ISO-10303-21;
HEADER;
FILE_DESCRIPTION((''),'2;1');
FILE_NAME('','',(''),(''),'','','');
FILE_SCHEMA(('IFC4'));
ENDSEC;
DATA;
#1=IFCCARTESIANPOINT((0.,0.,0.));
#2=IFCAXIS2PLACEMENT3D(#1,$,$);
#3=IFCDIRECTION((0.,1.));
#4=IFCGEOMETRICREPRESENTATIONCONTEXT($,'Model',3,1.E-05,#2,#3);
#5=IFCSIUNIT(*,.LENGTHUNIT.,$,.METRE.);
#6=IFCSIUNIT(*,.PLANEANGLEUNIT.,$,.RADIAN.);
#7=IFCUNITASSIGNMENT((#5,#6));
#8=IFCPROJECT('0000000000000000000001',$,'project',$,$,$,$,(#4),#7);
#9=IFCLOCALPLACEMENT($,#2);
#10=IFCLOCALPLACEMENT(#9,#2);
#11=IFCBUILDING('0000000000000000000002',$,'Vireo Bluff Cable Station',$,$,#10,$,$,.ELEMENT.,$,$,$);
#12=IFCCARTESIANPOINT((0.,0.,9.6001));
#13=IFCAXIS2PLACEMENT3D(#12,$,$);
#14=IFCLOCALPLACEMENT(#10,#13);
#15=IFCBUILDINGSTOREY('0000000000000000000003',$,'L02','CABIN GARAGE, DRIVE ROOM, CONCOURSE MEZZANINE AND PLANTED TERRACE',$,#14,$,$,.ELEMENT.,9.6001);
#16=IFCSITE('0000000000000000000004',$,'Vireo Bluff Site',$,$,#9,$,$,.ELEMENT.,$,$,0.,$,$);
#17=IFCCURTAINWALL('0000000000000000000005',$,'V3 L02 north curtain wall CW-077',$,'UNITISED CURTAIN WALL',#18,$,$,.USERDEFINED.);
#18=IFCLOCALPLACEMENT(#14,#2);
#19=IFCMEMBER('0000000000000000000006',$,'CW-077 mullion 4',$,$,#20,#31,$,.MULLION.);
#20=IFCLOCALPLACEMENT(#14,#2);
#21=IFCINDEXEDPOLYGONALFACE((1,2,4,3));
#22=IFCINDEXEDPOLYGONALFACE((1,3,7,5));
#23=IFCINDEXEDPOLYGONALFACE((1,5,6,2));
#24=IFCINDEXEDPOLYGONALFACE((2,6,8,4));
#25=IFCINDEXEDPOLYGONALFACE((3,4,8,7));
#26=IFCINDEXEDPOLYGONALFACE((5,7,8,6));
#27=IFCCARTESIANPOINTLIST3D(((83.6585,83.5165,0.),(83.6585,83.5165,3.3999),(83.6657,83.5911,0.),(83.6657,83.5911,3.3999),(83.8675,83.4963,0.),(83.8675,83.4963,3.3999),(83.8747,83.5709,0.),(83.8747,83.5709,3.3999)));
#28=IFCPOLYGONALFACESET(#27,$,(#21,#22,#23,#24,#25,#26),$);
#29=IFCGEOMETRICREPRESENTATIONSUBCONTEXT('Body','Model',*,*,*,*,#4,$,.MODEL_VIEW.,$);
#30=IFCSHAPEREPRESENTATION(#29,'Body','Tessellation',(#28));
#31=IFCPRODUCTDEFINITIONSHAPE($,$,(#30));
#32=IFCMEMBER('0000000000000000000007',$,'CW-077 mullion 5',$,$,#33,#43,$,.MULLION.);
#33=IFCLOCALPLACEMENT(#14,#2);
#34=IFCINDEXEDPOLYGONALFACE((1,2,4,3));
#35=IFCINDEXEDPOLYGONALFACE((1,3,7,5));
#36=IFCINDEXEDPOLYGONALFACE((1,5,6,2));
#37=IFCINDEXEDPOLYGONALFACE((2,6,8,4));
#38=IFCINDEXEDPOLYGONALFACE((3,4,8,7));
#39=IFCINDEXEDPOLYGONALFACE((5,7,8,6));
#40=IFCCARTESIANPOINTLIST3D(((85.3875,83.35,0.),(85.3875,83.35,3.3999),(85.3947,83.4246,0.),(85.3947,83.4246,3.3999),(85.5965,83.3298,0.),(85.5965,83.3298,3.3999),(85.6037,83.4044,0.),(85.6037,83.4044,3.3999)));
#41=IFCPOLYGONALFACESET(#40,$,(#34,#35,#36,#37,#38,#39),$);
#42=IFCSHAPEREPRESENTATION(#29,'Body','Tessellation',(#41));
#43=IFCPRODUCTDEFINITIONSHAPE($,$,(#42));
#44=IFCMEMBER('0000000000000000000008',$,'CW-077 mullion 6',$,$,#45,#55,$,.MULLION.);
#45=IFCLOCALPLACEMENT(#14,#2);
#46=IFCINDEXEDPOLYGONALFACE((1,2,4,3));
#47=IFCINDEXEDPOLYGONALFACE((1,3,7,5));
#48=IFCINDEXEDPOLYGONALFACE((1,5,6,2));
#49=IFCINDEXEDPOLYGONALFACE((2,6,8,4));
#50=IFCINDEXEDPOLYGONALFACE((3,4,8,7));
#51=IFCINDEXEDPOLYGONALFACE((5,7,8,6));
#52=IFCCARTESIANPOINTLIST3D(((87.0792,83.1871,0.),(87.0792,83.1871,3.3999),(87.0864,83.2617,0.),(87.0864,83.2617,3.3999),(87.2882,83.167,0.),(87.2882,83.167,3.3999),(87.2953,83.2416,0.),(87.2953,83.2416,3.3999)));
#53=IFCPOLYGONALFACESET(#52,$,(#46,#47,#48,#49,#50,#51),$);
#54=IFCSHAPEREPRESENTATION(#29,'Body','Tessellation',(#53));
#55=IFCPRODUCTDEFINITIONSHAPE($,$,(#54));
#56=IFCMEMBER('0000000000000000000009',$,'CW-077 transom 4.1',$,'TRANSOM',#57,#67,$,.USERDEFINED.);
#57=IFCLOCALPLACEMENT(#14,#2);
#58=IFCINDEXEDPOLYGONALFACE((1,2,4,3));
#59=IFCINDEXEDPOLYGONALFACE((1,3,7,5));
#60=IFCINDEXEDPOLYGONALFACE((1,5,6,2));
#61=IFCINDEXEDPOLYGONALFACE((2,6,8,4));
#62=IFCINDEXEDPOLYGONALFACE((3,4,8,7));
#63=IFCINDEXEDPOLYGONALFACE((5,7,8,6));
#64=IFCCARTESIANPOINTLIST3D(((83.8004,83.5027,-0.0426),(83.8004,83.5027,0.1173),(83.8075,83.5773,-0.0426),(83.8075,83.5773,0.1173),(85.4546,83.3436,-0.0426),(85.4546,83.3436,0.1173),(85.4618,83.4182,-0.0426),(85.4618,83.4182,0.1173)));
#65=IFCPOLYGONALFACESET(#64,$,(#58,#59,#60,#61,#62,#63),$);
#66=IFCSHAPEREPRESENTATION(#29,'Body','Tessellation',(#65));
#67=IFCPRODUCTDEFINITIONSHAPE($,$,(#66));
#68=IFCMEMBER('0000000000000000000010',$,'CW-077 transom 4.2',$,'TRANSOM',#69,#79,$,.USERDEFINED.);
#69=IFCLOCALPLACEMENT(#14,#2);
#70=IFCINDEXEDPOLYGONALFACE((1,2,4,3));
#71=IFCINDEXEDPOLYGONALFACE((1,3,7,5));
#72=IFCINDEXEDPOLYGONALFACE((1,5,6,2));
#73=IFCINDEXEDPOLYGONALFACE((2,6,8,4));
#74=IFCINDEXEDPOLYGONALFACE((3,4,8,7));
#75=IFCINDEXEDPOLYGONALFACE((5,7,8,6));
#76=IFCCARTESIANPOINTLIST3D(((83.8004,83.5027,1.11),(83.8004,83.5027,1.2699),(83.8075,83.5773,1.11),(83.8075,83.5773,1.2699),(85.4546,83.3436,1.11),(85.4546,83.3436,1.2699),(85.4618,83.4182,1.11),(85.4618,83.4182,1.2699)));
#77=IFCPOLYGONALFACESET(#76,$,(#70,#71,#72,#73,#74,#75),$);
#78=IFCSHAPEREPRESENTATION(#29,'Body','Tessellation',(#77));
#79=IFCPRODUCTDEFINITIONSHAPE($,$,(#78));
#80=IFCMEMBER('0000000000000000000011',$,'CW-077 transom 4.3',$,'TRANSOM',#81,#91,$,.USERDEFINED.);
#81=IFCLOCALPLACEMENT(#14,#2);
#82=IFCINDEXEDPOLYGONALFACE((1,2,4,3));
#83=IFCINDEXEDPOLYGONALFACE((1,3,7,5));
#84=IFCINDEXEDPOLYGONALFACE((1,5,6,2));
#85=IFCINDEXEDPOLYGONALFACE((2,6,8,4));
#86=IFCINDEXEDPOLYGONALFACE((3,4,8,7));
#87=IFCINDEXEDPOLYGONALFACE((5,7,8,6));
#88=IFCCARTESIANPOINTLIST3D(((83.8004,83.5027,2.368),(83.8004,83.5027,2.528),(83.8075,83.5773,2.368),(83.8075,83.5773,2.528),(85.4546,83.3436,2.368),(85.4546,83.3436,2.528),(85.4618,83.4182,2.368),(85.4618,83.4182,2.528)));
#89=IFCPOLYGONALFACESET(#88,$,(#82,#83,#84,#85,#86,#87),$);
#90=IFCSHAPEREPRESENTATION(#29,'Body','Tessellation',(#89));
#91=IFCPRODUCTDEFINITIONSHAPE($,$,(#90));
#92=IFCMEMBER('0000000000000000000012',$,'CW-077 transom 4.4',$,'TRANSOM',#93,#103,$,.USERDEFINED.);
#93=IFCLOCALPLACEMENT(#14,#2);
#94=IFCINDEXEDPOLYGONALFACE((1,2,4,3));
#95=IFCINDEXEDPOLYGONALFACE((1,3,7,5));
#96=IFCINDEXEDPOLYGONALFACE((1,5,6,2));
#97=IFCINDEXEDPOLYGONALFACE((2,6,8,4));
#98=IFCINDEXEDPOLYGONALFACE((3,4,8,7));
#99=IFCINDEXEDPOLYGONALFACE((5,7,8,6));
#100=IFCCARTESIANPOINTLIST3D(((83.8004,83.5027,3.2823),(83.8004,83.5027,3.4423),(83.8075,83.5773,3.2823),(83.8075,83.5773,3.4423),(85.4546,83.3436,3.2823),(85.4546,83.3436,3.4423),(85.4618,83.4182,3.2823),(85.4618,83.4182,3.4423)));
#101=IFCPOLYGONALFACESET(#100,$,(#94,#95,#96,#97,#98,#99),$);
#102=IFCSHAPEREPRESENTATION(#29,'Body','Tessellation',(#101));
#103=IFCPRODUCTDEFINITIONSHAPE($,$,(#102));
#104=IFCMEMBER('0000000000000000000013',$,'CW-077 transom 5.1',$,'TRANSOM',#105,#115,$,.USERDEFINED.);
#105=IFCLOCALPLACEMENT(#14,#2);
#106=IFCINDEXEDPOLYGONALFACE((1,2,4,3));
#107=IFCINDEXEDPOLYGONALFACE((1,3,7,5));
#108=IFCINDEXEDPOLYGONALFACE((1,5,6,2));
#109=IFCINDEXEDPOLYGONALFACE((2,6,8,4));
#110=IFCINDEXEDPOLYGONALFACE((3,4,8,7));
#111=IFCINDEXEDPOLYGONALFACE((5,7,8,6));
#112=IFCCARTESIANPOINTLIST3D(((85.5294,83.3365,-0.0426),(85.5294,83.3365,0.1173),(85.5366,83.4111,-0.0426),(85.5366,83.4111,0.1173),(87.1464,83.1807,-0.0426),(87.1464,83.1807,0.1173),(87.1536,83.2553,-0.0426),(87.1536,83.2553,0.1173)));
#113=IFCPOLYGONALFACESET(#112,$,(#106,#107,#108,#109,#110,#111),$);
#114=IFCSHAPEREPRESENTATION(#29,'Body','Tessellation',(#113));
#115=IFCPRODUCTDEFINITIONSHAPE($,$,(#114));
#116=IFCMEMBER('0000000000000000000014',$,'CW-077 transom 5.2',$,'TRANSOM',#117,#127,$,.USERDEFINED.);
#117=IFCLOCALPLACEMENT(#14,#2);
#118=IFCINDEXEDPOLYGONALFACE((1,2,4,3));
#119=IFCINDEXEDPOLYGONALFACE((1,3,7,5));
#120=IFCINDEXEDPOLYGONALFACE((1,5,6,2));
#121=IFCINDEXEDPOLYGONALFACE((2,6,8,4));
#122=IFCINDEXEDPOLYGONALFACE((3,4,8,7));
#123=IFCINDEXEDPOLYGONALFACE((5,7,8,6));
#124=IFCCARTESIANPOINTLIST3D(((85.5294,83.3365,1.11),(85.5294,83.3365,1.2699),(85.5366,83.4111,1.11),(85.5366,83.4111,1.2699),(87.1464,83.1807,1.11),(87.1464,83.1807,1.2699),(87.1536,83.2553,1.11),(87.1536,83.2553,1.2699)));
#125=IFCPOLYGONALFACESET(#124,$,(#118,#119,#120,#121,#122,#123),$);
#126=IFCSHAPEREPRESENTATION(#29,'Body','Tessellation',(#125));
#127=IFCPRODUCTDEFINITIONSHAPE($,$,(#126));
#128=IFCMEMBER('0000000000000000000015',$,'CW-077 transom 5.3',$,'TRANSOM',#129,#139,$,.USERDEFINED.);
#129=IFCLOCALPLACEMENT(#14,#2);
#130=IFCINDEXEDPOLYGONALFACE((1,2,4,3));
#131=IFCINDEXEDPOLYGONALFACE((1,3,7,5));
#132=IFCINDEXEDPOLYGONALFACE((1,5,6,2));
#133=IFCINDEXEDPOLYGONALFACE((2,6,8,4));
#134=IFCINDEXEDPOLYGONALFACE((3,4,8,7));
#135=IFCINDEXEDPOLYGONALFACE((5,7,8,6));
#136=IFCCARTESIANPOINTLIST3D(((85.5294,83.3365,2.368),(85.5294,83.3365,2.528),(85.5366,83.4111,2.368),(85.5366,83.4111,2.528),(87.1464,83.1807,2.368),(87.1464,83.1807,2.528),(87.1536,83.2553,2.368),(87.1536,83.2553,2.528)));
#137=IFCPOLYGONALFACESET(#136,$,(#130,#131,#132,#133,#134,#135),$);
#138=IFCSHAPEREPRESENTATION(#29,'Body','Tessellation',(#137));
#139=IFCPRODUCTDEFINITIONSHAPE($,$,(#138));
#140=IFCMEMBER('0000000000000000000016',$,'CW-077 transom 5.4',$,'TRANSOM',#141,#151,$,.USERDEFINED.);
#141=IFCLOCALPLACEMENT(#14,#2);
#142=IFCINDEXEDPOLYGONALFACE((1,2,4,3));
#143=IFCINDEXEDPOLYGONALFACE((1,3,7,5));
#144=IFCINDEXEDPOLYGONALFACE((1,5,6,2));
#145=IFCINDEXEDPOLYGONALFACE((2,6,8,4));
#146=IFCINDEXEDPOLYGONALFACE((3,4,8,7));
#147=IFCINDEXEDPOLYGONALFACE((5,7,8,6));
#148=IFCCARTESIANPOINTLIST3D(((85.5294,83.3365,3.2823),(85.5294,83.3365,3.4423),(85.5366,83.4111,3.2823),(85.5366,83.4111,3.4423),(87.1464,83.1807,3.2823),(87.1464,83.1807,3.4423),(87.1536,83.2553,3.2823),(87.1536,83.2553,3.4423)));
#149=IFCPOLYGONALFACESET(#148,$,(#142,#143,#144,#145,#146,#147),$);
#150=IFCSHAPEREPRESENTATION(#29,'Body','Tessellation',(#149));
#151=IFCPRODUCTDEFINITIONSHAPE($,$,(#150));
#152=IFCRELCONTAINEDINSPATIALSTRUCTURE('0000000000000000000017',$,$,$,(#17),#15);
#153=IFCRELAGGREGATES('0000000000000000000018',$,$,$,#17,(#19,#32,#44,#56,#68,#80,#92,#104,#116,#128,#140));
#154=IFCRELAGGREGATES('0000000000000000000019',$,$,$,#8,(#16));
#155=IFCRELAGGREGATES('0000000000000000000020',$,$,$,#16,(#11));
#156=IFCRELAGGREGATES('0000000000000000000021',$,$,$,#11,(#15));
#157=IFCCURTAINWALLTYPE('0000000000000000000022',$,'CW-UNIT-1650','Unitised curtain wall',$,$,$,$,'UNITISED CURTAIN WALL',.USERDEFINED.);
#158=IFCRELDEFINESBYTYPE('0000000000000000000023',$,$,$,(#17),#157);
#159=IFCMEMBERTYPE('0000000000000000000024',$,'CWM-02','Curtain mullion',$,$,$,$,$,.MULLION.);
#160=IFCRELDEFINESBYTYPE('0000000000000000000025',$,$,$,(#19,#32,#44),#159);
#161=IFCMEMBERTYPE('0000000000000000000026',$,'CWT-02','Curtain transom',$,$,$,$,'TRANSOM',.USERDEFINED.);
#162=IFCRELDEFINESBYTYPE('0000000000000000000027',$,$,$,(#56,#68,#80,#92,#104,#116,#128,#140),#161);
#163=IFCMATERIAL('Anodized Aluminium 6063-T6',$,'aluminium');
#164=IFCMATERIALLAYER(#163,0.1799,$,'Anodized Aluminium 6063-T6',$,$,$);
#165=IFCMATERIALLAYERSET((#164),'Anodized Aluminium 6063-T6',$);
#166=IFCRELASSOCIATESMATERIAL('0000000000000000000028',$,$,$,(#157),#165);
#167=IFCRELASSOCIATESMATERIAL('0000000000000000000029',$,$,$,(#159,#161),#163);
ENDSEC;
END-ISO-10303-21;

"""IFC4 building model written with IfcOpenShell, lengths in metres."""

from ifc_helpers import new_model, si_unit, direction, frame, origin, origin_2d, place, context, subcontext, project, spatial, rectangle, extrude, material, layer, layer_set, material_profile, profile_set, type_object, element, aggregate, save


model = new_model("IFC4")

# Units and contexts
model_context = context("Model", 3, precision=1e-05, world=origin(), true_north=direction((0.0, 1.0)))
body_context = subcontext(model_context, "Body", "Model", "MODEL_VIEW")
ifc_project = project(units=[si_unit("LENGTHUNIT", "METRE"), si_unit("PLANEANGLEUNIT", "RADIAN")], contexts=[model_context])

# Site, building, storey
site_placement = place(None, origin())
site = spatial("IfcSite", under=ifc_project, at=site_placement, Name="Vireo Bluff Site", CompositionType="ELEMENT", RefElevation=0.0)
building_placement = place(site_placement, origin())
building = spatial("IfcBuilding", under=site, at=building_placement, Name="Vireo Bluff Cable Station", CompositionType="ELEMENT")
storey_placement = place(building_placement, frame((0.0, 0.0, 9.6001)))
storey = spatial("IfcBuildingStorey", under=building, at=storey_placement, Name="L02", Description="CABIN GARAGE, DRIVE ROOM, CONCOURSE MEZZANINE AND PLANTED TERRACE", CompositionType="ELEMENT", Elevation=9.6001)

# Curtain wall, members
ifc_material_1 = material(Name="Anodized Aluminium 6063-T6", Category="aluminium")
ifc_layer_1 = layer(ifc_material_1, 0.1799, Name="Anodized Aluminium 6063-T6")
ifc_layer_set_1 = layer_set([ifc_layer_1], Name="Anodized Aluminium 6063-T6")
curtain_wall_type = type_object("IfcCurtainWallType", Name="CW-UNIT-1650", Description="Unitised curtain wall", ElementType="UNITISED CURTAIN WALL", PredefinedType="USERDEFINED", material=ifc_layer_set_1)
curtain_wall_placement = place(storey_placement, origin())
curtain_wall = element("IfcCurtainWall", 1, at=curtain_wall_placement, inside=storey, type_object=curtain_wall_type, Name="V3 L02 north curtain wall CW-077", ObjectType="UNITISED CURTAIN WALL", PredefinedType="USERDEFINED")
ifc_material_profile_1 = material_profile(ifc_material_1, rectangle(XDim=0.075, YDim=0.21, at=origin_2d()), Name="ALU-M-75X210")
ifc_profile_set_1 = profile_set([ifc_material_profile_1], Name="Anodized Aluminium 6063-T6")
member_type_1 = type_object("IfcMemberType", Name="CWM-02", Description="Curtain mullion", PredefinedType="MULLION", material=ifc_profile_set_1)
member_1_placement = place(storey_placement, frame((83.7666, 83.5437, 0.0), z_axis=(0.0, 0.0, 1.0), x_axis=(0.095846, 0.995396, 0.0)))
member_1 = element("IfcMember", 2, at=member_1_placement, type_object=member_type_1, Name="CW-077 mullion 4", PredefinedType="MULLION", context=body_context, shape_type="SweptSolid", body=[
    extrude(rectangle(XDim=0.075, YDim=0.21, at=origin_2d()), origin(), (0.0, 0.0, 1.0), 3.3999),
])
member_2_placement = place(storey_placement, frame((85.4956, 83.3772, 0.0), z_axis=(0.0, 0.0, 1.0), x_axis=(0.095846, 0.995396, 0.0)))
member_2 = element("IfcMember", 3, at=member_2_placement, type_object=member_type_1, Name="CW-077 mullion 5", PredefinedType="MULLION", context=body_context, shape_type="SweptSolid", body=[
    extrude(rectangle(XDim=0.075, YDim=0.21, at=origin_2d()), origin(), (0.0, 0.0, 1.0), 3.3999),
])
member_3_placement = place(storey_placement, frame((87.1873, 83.2144, 0.0), z_axis=(0.0, 0.0, 1.0), x_axis=(0.095846, 0.995396, 0.0)))
member_3 = element("IfcMember", 4, at=member_3_placement, type_object=member_type_1, Name="CW-077 mullion 6", PredefinedType="MULLION", context=body_context, shape_type="SweptSolid", body=[
    extrude(rectangle(XDim=0.075, YDim=0.21, at=origin_2d()), origin(), (0.0, 0.0, 1.0), 3.3999),
])
ifc_material_profile_2 = material_profile(ifc_material_1, rectangle(XDim=0.075, YDim=0.1599, at=origin_2d()), Name="ALU-T-75X160")
ifc_profile_set_2 = profile_set([ifc_material_profile_2], Name="Anodized Aluminium 6063-T6")
member_type_2 = type_object("IfcMemberType", Name="CWT-02", Description="Curtain transom", ElementType="TRANSOM", PredefinedType="USERDEFINED", material=ifc_profile_set_2)
member_4_placement = place(storey_placement, frame((83.804, 83.54, 0.0374), z_axis=(0.995403, -0.09578, 0.0), x_axis=(0.09578, 0.995403, 0.0)))
member_4 = element("IfcMember", 5, at=member_4_placement, type_object=member_type_2, Name="CW-077 transom 4.1", ObjectType="TRANSOM", PredefinedType="USERDEFINED", context=body_context, shape_type="SweptSolid", body=[
    extrude(rectangle(XDim=0.075, YDim=0.1599, at=origin_2d()), origin(), (0.0, 0.0, 1.0), 1.6619),
])
member_5_placement = place(storey_placement, frame((83.804, 83.54, 1.1899), z_axis=(0.995403, -0.09578, 0.0), x_axis=(0.09578, 0.995403, 0.0)))
member_5 = element("IfcMember", 6, at=member_5_placement, type_object=member_type_2, Name="CW-077 transom 4.2", ObjectType="TRANSOM", PredefinedType="USERDEFINED", context=body_context, shape_type="SweptSolid", body=[
    extrude(rectangle(XDim=0.075, YDim=0.1599, at=origin_2d()), origin(), (0.0, 0.0, 1.0), 1.6619),
])
member_6_placement = place(storey_placement, frame((83.804, 83.54, 2.448), z_axis=(0.995403, -0.09578, 0.0), x_axis=(0.09578, 0.995403, 0.0)))
member_6 = element("IfcMember", 7, at=member_6_placement, type_object=member_type_2, Name="CW-077 transom 4.3", ObjectType="TRANSOM", PredefinedType="USERDEFINED", context=body_context, shape_type="SweptSolid", body=[
    extrude(rectangle(XDim=0.075, YDim=0.1599, at=origin_2d()), origin(), (0.0, 0.0, 1.0), 1.6619),
])
member_7_placement = place(storey_placement, frame((83.804, 83.54, 3.3623), z_axis=(0.995403, -0.09578, 0.0), x_axis=(0.09578, 0.995403, 0.0)))
member_7 = element("IfcMember", 8, at=member_7_placement, type_object=member_type_2, Name="CW-077 transom 4.4", ObjectType="TRANSOM", PredefinedType="USERDEFINED", context=body_context, shape_type="SweptSolid", body=[
    extrude(rectangle(XDim=0.075, YDim=0.1599, at=origin_2d()), origin(), (0.0, 0.0, 1.0), 1.6619),
])
member_8_placement = place(storey_placement, frame((85.533, 83.3738, 0.0374), z_axis=(0.995392, -0.095887, 0.0), x_axis=(0.095887, 0.995392, 0.0)))
member_8 = element("IfcMember", 9, at=member_8_placement, type_object=member_type_2, Name="CW-077 transom 5.1", ObjectType="TRANSOM", PredefinedType="USERDEFINED", context=body_context, shape_type="SweptSolid", body=[
    extrude(rectangle(XDim=0.075, YDim=0.1599, at=origin_2d()), origin(), (0.0, 0.0, 1.0), 1.6245),
])
member_9_placement = place(storey_placement, frame((85.533, 83.3738, 1.1899), z_axis=(0.995392, -0.095887, 0.0), x_axis=(0.095887, 0.995392, 0.0)))
member_9 = element("IfcMember", 10, at=member_9_placement, type_object=member_type_2, Name="CW-077 transom 5.2", ObjectType="TRANSOM", PredefinedType="USERDEFINED", context=body_context, shape_type="SweptSolid", body=[
    extrude(rectangle(XDim=0.075, YDim=0.1599, at=origin_2d()), origin(), (0.0, 0.0, 1.0), 1.6245),
])
member_10_placement = place(storey_placement, frame((85.533, 83.3738, 2.448), z_axis=(0.995392, -0.095887, 0.0), x_axis=(0.095887, 0.995392, 0.0)))
member_10 = element("IfcMember", 11, at=member_10_placement, type_object=member_type_2, Name="CW-077 transom 5.3", ObjectType="TRANSOM", PredefinedType="USERDEFINED", context=body_context, shape_type="SweptSolid", body=[
    extrude(rectangle(XDim=0.075, YDim=0.1599, at=origin_2d()), origin(), (0.0, 0.0, 1.0), 1.6245),
])
member_11_placement = place(storey_placement, frame((85.533, 83.3738, 3.3623), z_axis=(0.995392, -0.095887, 0.0), x_axis=(0.095887, 0.995392, 0.0)))
member_11 = element("IfcMember", 12, at=member_11_placement, type_object=member_type_2, Name="CW-077 transom 5.4", ObjectType="TRANSOM", PredefinedType="USERDEFINED", context=body_context, shape_type="SweptSolid", body=[
    extrude(rectangle(XDim=0.075, YDim=0.1599, at=origin_2d()), origin(), (0.0, 0.0, 1.0), 1.6245),
])

aggregate(curtain_wall, [member_1, member_2, member_3, member_4, member_5, member_6, member_7, member_8, member_9, member_10, member_11])

save(model, "model.ifc")
